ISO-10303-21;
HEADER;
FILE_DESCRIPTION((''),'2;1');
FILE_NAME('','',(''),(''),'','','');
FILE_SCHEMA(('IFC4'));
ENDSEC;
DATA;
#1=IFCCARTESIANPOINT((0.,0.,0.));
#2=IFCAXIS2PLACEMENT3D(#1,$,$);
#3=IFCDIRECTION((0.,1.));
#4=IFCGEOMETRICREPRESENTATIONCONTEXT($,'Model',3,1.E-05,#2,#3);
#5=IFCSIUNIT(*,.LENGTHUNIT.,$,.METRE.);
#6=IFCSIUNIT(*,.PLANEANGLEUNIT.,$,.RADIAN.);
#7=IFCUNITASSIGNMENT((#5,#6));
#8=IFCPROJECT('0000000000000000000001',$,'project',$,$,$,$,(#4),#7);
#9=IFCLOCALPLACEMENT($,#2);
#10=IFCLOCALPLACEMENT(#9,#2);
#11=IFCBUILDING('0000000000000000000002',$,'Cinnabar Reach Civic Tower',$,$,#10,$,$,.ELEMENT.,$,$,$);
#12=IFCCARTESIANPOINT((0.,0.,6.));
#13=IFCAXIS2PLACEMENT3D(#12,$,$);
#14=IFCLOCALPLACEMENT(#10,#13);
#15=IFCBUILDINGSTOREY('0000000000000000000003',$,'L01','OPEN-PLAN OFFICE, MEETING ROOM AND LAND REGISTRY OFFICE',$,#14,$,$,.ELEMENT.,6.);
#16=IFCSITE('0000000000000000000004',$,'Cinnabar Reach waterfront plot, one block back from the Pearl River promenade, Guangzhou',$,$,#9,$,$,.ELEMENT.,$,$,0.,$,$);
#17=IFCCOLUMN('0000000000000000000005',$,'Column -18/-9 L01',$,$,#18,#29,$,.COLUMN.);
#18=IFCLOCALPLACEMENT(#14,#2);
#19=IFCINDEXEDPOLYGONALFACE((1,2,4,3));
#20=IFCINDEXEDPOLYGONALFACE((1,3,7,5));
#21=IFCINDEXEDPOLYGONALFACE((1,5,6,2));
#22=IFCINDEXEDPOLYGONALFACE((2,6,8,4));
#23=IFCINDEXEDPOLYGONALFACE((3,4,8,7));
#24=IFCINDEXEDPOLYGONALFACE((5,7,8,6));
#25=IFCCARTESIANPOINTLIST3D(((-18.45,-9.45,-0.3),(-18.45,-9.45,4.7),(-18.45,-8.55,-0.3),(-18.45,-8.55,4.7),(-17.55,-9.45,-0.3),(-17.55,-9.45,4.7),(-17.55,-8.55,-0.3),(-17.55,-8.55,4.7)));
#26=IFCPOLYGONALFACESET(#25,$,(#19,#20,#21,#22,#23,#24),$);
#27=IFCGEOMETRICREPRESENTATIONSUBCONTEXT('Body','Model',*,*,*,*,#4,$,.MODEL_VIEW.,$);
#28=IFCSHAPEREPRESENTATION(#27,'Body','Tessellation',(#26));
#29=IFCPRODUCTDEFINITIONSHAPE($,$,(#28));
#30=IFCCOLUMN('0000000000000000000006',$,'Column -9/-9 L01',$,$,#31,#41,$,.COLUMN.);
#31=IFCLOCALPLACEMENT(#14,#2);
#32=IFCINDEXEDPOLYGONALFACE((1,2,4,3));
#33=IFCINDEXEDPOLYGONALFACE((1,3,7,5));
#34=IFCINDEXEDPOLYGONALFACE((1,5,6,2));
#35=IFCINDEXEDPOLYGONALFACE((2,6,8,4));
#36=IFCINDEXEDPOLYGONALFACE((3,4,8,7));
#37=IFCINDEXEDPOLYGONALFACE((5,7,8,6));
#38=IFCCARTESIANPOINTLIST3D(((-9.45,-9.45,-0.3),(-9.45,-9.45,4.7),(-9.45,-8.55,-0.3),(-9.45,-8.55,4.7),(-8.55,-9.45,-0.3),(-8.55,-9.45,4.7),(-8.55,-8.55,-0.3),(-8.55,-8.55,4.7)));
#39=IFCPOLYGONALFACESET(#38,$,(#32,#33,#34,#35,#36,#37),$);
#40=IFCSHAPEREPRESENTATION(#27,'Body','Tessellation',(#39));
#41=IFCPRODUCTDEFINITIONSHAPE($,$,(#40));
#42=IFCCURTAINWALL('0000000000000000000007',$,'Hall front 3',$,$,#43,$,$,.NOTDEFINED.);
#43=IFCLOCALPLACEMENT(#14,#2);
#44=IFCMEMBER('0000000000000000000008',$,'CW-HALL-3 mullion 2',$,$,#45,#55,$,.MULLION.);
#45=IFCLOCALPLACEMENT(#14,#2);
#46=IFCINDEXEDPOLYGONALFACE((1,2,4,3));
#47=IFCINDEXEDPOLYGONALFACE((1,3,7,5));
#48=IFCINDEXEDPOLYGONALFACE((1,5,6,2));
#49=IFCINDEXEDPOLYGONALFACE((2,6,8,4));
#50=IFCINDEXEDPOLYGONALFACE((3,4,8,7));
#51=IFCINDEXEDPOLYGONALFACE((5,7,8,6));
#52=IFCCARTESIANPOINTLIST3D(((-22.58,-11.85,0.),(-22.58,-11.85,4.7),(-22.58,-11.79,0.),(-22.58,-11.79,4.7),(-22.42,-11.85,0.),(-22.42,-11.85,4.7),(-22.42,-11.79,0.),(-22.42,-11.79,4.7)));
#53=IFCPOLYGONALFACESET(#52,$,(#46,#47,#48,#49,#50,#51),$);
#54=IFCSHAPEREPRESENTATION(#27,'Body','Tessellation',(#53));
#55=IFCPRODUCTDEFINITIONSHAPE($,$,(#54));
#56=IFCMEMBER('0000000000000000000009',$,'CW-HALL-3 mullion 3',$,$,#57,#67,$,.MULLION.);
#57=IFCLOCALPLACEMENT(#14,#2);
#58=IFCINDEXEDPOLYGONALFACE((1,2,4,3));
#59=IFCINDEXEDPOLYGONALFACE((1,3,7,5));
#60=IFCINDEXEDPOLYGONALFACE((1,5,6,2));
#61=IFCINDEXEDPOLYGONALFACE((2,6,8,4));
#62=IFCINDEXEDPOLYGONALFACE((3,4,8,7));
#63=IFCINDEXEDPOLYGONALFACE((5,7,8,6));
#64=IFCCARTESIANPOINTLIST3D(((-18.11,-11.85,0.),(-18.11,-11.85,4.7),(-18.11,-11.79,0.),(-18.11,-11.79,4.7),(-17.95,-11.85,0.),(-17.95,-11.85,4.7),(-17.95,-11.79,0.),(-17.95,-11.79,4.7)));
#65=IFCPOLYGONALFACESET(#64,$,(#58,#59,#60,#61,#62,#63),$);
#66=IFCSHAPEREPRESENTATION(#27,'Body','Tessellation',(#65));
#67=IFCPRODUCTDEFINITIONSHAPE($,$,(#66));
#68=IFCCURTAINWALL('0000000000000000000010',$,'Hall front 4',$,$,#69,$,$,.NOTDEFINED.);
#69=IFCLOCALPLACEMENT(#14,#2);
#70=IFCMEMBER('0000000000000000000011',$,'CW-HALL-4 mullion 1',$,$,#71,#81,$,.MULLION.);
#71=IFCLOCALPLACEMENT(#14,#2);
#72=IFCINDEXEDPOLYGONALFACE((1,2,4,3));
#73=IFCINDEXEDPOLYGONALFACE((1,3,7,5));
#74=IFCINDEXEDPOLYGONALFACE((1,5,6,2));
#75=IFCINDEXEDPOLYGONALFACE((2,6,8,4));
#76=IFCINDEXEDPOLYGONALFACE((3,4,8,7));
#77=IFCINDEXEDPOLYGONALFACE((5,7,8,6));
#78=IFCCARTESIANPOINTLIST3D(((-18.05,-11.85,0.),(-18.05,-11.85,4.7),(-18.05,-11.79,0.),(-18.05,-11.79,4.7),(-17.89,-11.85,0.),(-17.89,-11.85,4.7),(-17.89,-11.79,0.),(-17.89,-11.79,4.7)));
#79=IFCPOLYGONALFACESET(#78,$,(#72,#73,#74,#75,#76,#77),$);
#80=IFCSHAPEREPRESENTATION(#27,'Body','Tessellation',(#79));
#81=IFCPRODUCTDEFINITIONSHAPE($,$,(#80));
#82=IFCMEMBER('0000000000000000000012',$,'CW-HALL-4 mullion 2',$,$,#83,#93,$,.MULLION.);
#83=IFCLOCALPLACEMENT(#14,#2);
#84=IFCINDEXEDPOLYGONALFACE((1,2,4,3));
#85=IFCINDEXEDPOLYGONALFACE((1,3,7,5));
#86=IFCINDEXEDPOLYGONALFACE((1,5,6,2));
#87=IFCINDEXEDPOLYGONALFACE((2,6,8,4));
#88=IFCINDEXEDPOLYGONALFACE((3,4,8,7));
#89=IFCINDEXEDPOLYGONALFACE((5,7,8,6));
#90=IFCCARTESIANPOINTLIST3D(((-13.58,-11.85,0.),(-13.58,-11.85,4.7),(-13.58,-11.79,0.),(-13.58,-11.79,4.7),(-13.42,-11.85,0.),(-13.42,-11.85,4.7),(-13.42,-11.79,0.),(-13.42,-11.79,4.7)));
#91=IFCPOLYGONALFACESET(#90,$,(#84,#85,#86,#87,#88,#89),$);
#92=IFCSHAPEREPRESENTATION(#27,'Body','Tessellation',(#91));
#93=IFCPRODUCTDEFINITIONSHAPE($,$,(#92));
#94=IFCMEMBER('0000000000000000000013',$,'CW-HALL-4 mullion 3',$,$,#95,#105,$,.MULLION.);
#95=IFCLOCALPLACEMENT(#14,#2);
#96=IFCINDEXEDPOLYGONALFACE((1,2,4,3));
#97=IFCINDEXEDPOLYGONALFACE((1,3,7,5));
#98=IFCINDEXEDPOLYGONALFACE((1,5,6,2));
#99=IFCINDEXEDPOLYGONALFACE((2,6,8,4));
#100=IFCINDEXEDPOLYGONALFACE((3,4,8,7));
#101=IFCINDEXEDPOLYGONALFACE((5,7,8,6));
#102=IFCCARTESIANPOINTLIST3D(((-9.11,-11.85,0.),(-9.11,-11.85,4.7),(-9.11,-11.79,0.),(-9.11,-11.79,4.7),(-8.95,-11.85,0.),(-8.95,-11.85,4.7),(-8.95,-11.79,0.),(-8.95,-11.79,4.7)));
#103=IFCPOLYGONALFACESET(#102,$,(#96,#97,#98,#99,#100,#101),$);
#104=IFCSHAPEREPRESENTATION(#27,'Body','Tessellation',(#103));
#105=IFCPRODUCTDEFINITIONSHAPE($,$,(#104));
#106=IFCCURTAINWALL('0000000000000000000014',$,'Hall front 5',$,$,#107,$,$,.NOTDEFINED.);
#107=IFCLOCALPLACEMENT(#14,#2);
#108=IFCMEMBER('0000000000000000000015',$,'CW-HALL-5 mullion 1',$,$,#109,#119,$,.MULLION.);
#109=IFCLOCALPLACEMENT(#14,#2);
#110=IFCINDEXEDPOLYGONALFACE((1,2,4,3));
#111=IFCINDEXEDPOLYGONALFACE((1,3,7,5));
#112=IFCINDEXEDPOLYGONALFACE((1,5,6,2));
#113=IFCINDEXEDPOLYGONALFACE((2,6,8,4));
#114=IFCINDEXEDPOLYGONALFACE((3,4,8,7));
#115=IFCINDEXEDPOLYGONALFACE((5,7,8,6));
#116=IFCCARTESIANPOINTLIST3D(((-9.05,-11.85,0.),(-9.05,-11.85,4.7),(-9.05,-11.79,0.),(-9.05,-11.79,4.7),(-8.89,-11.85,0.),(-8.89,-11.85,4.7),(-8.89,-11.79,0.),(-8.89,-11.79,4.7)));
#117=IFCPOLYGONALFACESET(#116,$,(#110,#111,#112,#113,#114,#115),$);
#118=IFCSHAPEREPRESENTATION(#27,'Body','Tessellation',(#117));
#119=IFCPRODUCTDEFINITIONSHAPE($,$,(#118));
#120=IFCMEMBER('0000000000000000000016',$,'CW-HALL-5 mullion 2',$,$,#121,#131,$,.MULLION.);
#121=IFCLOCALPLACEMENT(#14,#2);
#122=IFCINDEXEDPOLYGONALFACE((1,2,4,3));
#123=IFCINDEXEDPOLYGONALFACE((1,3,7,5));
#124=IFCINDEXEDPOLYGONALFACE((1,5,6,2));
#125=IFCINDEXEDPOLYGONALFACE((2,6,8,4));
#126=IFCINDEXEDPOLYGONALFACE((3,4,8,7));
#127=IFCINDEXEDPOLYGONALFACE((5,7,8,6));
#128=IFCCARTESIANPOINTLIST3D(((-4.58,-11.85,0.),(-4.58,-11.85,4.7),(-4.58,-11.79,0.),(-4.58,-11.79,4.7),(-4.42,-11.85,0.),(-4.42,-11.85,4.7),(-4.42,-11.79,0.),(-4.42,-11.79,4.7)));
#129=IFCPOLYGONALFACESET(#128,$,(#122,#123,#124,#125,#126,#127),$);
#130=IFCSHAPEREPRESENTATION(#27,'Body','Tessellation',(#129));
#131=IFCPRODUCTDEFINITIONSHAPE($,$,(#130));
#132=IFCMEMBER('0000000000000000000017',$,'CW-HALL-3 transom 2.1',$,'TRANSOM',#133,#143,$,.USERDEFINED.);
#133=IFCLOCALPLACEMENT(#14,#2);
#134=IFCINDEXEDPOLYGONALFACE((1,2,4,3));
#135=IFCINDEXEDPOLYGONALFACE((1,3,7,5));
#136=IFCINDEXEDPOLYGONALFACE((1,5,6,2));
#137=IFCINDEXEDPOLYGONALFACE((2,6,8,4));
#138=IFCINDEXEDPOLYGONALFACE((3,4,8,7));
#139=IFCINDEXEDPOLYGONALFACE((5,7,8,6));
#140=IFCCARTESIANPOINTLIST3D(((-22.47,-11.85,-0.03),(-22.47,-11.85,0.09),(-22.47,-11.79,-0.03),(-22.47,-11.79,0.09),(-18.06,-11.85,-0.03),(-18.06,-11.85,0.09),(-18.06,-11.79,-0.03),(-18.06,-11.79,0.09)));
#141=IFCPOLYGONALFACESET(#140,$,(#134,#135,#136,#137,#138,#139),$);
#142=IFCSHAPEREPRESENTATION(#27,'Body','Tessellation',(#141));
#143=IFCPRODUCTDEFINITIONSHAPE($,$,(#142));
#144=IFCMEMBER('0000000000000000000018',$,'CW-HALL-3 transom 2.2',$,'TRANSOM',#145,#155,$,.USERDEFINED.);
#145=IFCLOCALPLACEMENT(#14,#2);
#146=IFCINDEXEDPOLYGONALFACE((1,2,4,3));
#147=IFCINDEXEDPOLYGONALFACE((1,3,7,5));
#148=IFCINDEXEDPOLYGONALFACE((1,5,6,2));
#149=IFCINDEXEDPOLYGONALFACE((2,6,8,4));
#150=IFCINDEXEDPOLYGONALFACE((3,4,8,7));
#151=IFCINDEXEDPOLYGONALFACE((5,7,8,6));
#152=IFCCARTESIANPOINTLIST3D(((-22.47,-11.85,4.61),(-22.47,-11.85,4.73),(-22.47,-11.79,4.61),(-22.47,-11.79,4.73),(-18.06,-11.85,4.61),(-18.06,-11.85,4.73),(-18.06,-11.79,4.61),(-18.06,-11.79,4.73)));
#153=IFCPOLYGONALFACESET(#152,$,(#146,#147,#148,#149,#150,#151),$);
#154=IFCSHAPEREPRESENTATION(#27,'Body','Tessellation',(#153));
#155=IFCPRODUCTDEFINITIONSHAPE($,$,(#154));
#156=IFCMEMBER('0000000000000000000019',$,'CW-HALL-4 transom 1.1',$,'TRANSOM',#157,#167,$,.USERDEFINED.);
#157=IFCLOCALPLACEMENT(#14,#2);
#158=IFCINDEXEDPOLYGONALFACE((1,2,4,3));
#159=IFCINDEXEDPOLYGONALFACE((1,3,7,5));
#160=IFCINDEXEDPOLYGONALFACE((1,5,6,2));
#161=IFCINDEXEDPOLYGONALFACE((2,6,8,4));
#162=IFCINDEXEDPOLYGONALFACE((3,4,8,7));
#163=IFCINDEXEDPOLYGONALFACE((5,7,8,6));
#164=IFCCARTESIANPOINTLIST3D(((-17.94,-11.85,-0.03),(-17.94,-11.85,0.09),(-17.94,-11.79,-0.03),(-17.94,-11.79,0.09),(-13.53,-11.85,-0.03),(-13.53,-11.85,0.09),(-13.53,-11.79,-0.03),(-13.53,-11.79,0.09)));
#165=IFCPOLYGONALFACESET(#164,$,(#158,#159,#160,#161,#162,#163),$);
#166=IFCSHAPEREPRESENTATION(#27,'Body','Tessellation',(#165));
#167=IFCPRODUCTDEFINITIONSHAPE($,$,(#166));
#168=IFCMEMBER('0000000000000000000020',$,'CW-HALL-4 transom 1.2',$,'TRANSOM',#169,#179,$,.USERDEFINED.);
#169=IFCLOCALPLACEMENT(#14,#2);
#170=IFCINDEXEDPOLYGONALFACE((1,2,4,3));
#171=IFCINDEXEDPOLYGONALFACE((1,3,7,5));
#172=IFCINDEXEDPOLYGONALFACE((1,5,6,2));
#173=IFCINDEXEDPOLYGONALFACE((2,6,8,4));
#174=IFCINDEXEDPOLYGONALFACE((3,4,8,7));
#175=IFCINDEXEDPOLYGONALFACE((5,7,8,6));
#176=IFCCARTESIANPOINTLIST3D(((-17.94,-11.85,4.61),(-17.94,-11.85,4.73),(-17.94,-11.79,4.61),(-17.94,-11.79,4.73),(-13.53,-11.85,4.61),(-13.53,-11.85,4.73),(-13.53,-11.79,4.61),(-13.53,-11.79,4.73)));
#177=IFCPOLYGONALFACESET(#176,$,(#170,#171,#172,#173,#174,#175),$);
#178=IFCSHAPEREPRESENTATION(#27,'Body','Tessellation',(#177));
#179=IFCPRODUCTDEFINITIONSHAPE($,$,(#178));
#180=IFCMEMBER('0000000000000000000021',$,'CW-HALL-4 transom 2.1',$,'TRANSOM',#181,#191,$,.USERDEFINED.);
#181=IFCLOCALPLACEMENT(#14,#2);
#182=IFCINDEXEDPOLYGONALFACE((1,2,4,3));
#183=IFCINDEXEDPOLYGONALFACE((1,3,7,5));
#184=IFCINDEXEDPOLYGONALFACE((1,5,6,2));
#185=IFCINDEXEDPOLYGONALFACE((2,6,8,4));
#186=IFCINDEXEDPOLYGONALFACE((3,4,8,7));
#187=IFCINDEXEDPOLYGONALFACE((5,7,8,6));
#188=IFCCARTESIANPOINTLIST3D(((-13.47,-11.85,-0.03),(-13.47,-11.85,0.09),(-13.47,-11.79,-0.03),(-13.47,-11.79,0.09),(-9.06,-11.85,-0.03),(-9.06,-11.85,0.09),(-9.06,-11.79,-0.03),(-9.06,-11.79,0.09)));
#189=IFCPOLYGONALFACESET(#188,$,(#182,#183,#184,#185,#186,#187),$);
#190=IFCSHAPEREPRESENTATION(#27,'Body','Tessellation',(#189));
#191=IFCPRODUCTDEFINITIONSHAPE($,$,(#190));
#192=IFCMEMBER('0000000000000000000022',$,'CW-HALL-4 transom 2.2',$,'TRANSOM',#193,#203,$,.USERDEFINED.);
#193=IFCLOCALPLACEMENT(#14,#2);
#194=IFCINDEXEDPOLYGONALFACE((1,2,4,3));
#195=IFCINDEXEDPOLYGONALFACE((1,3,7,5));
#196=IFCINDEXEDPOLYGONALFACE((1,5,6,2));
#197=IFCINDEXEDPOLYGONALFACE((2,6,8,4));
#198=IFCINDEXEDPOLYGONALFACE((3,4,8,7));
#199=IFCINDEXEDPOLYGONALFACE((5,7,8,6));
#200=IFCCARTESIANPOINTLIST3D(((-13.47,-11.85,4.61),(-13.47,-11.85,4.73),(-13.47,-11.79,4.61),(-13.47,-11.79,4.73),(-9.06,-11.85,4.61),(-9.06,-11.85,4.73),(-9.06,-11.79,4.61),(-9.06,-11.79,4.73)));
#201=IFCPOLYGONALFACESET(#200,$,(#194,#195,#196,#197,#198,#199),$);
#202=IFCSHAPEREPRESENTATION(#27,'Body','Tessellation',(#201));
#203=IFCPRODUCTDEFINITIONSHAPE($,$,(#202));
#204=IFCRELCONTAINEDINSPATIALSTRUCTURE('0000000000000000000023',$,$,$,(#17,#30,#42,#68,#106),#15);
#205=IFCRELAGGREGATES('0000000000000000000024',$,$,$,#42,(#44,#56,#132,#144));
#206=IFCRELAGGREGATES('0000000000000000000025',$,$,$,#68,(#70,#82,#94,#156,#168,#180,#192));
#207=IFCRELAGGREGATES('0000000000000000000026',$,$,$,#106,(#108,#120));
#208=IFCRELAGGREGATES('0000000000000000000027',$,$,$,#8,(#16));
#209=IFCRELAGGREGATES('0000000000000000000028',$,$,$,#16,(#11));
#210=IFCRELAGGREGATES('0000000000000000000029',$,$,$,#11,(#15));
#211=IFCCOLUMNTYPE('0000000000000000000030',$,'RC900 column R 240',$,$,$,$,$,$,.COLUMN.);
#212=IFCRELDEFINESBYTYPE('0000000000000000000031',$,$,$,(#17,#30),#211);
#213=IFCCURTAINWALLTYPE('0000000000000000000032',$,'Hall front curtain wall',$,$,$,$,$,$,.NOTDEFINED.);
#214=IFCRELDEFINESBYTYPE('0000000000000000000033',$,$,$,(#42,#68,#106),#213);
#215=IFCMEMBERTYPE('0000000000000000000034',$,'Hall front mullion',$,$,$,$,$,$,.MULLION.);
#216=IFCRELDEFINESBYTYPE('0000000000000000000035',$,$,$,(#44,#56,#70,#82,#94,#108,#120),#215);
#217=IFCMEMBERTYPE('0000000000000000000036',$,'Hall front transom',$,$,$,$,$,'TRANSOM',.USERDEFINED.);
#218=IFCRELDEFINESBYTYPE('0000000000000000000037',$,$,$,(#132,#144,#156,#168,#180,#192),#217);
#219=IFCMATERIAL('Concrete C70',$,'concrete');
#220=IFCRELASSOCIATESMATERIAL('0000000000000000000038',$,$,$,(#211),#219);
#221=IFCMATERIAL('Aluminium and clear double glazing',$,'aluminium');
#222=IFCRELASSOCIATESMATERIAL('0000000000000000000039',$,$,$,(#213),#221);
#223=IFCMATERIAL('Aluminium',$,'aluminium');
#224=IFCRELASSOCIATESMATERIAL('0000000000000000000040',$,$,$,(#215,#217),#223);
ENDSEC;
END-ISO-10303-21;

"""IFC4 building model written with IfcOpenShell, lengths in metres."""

from ifc_helpers import new_model, si_unit, direction, frame, origin, origin_2d, place, context, subcontext, project, spatial, rectangle, extrude, material, material_profile, profile_set, type_object, element, aggregate, save


model = new_model("IFC4")

# Units and contexts
model_context = context("Model", 3, precision=1e-05, world=origin(), true_north=direction((0.0, 1.0)))
body_context = subcontext(model_context, "Body", "Model", "MODEL_VIEW")
ifc_project = project(units=[si_unit("LENGTHUNIT", "METRE"), si_unit("PLANEANGLEUNIT", "RADIAN")], contexts=[model_context])

# Site, building, storey
site_placement = place(None, origin())
site = spatial("IfcSite", under=ifc_project, at=site_placement, Name="Cinnabar Reach waterfront plot, one block back from the Pearl River promenade, Guangzhou", CompositionType="ELEMENT", RefElevation=0.0)
building_placement = place(site_placement, origin())
building = spatial("IfcBuilding", under=site, at=building_placement, Name="Cinnabar Reach Civic Tower", CompositionType="ELEMENT")
storey_placement = place(building_placement, frame((0.0, 0.0, 6.0)))
storey = spatial("IfcBuildingStorey", under=building, at=storey_placement, Name="L01", Description="OPEN-PLAN OFFICE, MEETING ROOM AND LAND REGISTRY OFFICE", CompositionType="ELEMENT", Elevation=6.0)

# Columns
ifc_material_1 = material(Name="Concrete C70", Category="concrete")
ifc_material_profile_1 = material_profile(ifc_material_1, rectangle(XDim=0.9, YDim=0.9, at=origin_2d()), Name="RC900")
ifc_profile_set_1 = profile_set([ifc_material_profile_1], Name="Concrete C70")
column_type = type_object("IfcColumnType", Name="RC900 column R 240", PredefinedType="COLUMN", material=ifc_profile_set_1)
for number, where, z_axis, x_axis, name in (
    (1, (-18.0, -9.0, -0.3), (0.0, 0.0, 1.0), (1.0, 0.0, 0.0), "Column -18/-9 L01"),
    (2, (-9.0, -9.0, -0.3), (0.0, 0.0, 1.0), (1.0, 0.0, 0.0), "Column -9/-9 L01"),
):
    element("IfcColumn", number, at=place(storey_placement, frame(where, z_axis=z_axis, x_axis=x_axis)), inside=storey, type_object=column_type, Name=name, PredefinedType="COLUMN", context=body_context, shape_type="SweptSolid", body=[
        extrude(rectangle(XDim=0.9, YDim=0.9, at=origin_2d()), origin(), (0.0, 0.0, 1.0), 5.0),
    ])

# Curtain walls, members
ifc_material_2 = material(Name="Aluminium and clear double glazing", Category="aluminium")
curtain_wall_type = type_object("IfcCurtainWallType", Name="Hall front curtain wall", PredefinedType="NOTDEFINED", material=ifc_material_2)
curtain_wall_1_placement = place(storey_placement, origin())
curtain_wall_1 = element("IfcCurtainWall", 3, at=curtain_wall_1_placement, inside=storey, type_object=curtain_wall_type, Name="Hall front 3", PredefinedType="NOTDEFINED")
ifc_material_3 = material(Name="Aluminium", Category="aluminium")
ifc_material_profile_2 = material_profile(ifc_material_3, rectangle(XDim=0.06, YDim=0.16, at=origin_2d()), Name="Hall front mullion")
ifc_profile_set_2 = profile_set([ifc_material_profile_2], Name="Aluminium")
member_type_1 = type_object("IfcMemberType", Name="Hall front mullion", PredefinedType="MULLION", material=ifc_profile_set_2)
member_1_placement = place(storey_placement, frame((-22.5, -11.82, 0.0), z_axis=(0.0, 0.0, 1.0), x_axis=(0.0, 1.0, 0.0)))
member_1 = element("IfcMember", 4, at=member_1_placement, type_object=member_type_1, Name="CW-HALL-3 mullion 2", PredefinedType="MULLION", context=body_context, shape_type="SweptSolid", body=[
    extrude(rectangle(XDim=0.06, YDim=0.16, at=origin_2d()), origin(), (0.0, 0.0, 1.0), 4.7),
])
member_2_placement = place(storey_placement, frame((-18.03, -11.82, 0.0), z_axis=(0.0, 0.0, 1.0), x_axis=(0.0, 1.0, 0.0)))
member_2 = element("IfcMember", 5, at=member_2_placement, type_object=member_type_1, Name="CW-HALL-3 mullion 3", PredefinedType="MULLION", context=body_context, shape_type="SweptSolid", body=[
    extrude(rectangle(XDim=0.06, YDim=0.16, at=origin_2d()), origin(), (0.0, 0.0, 1.0), 4.7),
])
curtain_wall_2_placement = place(storey_placement, origin())
curtain_wall_2 = element("IfcCurtainWall", 6, at=curtain_wall_2_placement, inside=storey, type_object=curtain_wall_type, Name="Hall front 4", PredefinedType="NOTDEFINED")
member_3_placement = place(storey_placement, frame((-17.97, -11.82, 0.0), z_axis=(0.0, 0.0, 1.0), x_axis=(0.0, 1.0, 0.0)))
member_3 = element("IfcMember", 7, at=member_3_placement, type_object=member_type_1, Name="CW-HALL-4 mullion 1", PredefinedType="MULLION", context=body_context, shape_type="SweptSolid", body=[
    extrude(rectangle(XDim=0.06, YDim=0.16, at=origin_2d()), origin(), (0.0, 0.0, 1.0), 4.7),
])
member_4_placement = place(storey_placement, frame((-13.5, -11.82, 0.0), z_axis=(0.0, 0.0, 1.0), x_axis=(0.0, 1.0, 0.0)))
member_4 = element("IfcMember", 8, at=member_4_placement, type_object=member_type_1, Name="CW-HALL-4 mullion 2", PredefinedType="MULLION", context=body_context, shape_type="SweptSolid", body=[
    extrude(rectangle(XDim=0.06, YDim=0.16, at=origin_2d()), origin(), (0.0, 0.0, 1.0), 4.7),
])
member_5_placement = place(storey_placement, frame((-9.03, -11.82, 0.0), z_axis=(0.0, 0.0, 1.0), x_axis=(0.0, 1.0, 0.0)))
member_5 = element("IfcMember", 9, at=member_5_placement, type_object=member_type_1, Name="CW-HALL-4 mullion 3", PredefinedType="MULLION", context=body_context, shape_type="SweptSolid", body=[
    extrude(rectangle(XDim=0.06, YDim=0.16, at=origin_2d()), origin(), (0.0, 0.0, 1.0), 4.7),
])
curtain_wall_3_placement = place(storey_placement, origin())
curtain_wall_3 = element("IfcCurtainWall", 10, at=curtain_wall_3_placement, inside=storey, type_object=curtain_wall_type, Name="Hall front 5", PredefinedType="NOTDEFINED")
member_6_placement = place(storey_placement, frame((-8.97, -11.82, 0.0), z_axis=(0.0, 0.0, 1.0), x_axis=(0.0, 1.0, 0.0)))
member_6 = element("IfcMember", 11, at=member_6_placement, type_object=member_type_1, Name="CW-HALL-5 mullion 1", PredefinedType="MULLION", context=body_context, shape_type="SweptSolid", body=[
    extrude(rectangle(XDim=0.06, YDim=0.16, at=origin_2d()), origin(), (0.0, 0.0, 1.0), 4.7),
])
member_7_placement = place(storey_placement, frame((-4.5, -11.82, 0.0), z_axis=(0.0, 0.0, 1.0), x_axis=(0.0, 1.0, 0.0)))
member_7 = element("IfcMember", 12, at=member_7_placement, type_object=member_type_1, Name="CW-HALL-5 mullion 2", PredefinedType="MULLION", context=body_context, shape_type="SweptSolid", body=[
    extrude(rectangle(XDim=0.06, YDim=0.16, at=origin_2d()), origin(), (0.0, 0.0, 1.0), 4.7),
])

# Members
ifc_material_profile_3 = material_profile(ifc_material_3, rectangle(XDim=0.06, YDim=0.12, at=origin_2d()), Name="Hall front transom")
ifc_profile_set_3 = profile_set([ifc_material_profile_3], Name="Aluminium")
member_type_2 = type_object("IfcMemberType", Name="Hall front transom", ElementType="TRANSOM", PredefinedType="USERDEFINED", material=ifc_profile_set_3)
member_8_placement = place(storey_placement, frame((-22.47, -11.82, 0.03), z_axis=(1.0, 0.0, 0.0), x_axis=(0.0, 1.0, 0.0)))
member_8 = element("IfcMember", 13, at=member_8_placement, type_object=member_type_2, Name="CW-HALL-3 transom 2.1", ObjectType="TRANSOM", PredefinedType="USERDEFINED", context=body_context, shape_type="SweptSolid", body=[
    extrude(rectangle(XDim=0.06, YDim=0.12, at=origin_2d()), origin(), (0.0, 0.0, 1.0), 4.41),
])
member_9_placement = place(storey_placement, frame((-22.47, -11.82, 4.67), z_axis=(1.0, 0.0, 0.0), x_axis=(0.0, 1.0, 0.0)))
member_9 = element("IfcMember", 14, at=member_9_placement, type_object=member_type_2, Name="CW-HALL-3 transom 2.2", ObjectType="TRANSOM", PredefinedType="USERDEFINED", context=body_context, shape_type="SweptSolid", body=[
    extrude(rectangle(XDim=0.06, YDim=0.12, at=origin_2d()), origin(), (0.0, 0.0, 1.0), 4.41),
])
member_10_placement = place(storey_placement, frame((-17.94, -11.82, 0.03), z_axis=(1.0, 0.0, 0.0), x_axis=(0.0, 1.0, 0.0)))
member_10 = element("IfcMember", 15, at=member_10_placement, type_object=member_type_2, Name="CW-HALL-4 transom 1.1", ObjectType="TRANSOM", PredefinedType="USERDEFINED", context=body_context, shape_type="SweptSolid", body=[
    extrude(rectangle(XDim=0.06, YDim=0.12, at=origin_2d()), origin(), (0.0, 0.0, 1.0), 4.41),
])
member_11_placement = place(storey_placement, frame((-17.94, -11.82, 4.67), z_axis=(1.0, 0.0, 0.0), x_axis=(0.0, 1.0, 0.0)))
member_11 = element("IfcMember", 16, at=member_11_placement, type_object=member_type_2, Name="CW-HALL-4 transom 1.2", ObjectType="TRANSOM", PredefinedType="USERDEFINED", context=body_context, shape_type="SweptSolid", body=[
    extrude(rectangle(XDim=0.06, YDim=0.12, at=origin_2d()), origin(), (0.0, 0.0, 1.0), 4.41),
])
member_12_placement = place(storey_placement, frame((-13.47, -11.82, 0.03), z_axis=(1.0, 0.0, 0.0), x_axis=(0.0, 1.0, 0.0)))
member_12 = element("IfcMember", 17, at=member_12_placement, type_object=member_type_2, Name="CW-HALL-4 transom 2.1", ObjectType="TRANSOM", PredefinedType="USERDEFINED", context=body_context, shape_type="SweptSolid", body=[
    extrude(rectangle(XDim=0.06, YDim=0.12, at=origin_2d()), origin(), (0.0, 0.0, 1.0), 4.41),
])
member_13_placement = place(storey_placement, frame((-13.47, -11.82, 4.67), z_axis=(1.0, 0.0, 0.0), x_axis=(0.0, 1.0, 0.0)))
member_13 = element("IfcMember", 18, at=member_13_placement, type_object=member_type_2, Name="CW-HALL-4 transom 2.2", ObjectType="TRANSOM", PredefinedType="USERDEFINED", context=body_context, shape_type="SweptSolid", body=[
    extrude(rectangle(XDim=0.06, YDim=0.12, at=origin_2d()), origin(), (0.0, 0.0, 1.0), 4.41),
])

aggregate(curtain_wall_1, [member_1, member_2, member_8, member_9])
aggregate(curtain_wall_2, [member_3, member_4, member_5, member_10, member_11, member_12, member_13])
aggregate(curtain_wall_3, [member_6, member_7])

save(model, "model.ifc")
